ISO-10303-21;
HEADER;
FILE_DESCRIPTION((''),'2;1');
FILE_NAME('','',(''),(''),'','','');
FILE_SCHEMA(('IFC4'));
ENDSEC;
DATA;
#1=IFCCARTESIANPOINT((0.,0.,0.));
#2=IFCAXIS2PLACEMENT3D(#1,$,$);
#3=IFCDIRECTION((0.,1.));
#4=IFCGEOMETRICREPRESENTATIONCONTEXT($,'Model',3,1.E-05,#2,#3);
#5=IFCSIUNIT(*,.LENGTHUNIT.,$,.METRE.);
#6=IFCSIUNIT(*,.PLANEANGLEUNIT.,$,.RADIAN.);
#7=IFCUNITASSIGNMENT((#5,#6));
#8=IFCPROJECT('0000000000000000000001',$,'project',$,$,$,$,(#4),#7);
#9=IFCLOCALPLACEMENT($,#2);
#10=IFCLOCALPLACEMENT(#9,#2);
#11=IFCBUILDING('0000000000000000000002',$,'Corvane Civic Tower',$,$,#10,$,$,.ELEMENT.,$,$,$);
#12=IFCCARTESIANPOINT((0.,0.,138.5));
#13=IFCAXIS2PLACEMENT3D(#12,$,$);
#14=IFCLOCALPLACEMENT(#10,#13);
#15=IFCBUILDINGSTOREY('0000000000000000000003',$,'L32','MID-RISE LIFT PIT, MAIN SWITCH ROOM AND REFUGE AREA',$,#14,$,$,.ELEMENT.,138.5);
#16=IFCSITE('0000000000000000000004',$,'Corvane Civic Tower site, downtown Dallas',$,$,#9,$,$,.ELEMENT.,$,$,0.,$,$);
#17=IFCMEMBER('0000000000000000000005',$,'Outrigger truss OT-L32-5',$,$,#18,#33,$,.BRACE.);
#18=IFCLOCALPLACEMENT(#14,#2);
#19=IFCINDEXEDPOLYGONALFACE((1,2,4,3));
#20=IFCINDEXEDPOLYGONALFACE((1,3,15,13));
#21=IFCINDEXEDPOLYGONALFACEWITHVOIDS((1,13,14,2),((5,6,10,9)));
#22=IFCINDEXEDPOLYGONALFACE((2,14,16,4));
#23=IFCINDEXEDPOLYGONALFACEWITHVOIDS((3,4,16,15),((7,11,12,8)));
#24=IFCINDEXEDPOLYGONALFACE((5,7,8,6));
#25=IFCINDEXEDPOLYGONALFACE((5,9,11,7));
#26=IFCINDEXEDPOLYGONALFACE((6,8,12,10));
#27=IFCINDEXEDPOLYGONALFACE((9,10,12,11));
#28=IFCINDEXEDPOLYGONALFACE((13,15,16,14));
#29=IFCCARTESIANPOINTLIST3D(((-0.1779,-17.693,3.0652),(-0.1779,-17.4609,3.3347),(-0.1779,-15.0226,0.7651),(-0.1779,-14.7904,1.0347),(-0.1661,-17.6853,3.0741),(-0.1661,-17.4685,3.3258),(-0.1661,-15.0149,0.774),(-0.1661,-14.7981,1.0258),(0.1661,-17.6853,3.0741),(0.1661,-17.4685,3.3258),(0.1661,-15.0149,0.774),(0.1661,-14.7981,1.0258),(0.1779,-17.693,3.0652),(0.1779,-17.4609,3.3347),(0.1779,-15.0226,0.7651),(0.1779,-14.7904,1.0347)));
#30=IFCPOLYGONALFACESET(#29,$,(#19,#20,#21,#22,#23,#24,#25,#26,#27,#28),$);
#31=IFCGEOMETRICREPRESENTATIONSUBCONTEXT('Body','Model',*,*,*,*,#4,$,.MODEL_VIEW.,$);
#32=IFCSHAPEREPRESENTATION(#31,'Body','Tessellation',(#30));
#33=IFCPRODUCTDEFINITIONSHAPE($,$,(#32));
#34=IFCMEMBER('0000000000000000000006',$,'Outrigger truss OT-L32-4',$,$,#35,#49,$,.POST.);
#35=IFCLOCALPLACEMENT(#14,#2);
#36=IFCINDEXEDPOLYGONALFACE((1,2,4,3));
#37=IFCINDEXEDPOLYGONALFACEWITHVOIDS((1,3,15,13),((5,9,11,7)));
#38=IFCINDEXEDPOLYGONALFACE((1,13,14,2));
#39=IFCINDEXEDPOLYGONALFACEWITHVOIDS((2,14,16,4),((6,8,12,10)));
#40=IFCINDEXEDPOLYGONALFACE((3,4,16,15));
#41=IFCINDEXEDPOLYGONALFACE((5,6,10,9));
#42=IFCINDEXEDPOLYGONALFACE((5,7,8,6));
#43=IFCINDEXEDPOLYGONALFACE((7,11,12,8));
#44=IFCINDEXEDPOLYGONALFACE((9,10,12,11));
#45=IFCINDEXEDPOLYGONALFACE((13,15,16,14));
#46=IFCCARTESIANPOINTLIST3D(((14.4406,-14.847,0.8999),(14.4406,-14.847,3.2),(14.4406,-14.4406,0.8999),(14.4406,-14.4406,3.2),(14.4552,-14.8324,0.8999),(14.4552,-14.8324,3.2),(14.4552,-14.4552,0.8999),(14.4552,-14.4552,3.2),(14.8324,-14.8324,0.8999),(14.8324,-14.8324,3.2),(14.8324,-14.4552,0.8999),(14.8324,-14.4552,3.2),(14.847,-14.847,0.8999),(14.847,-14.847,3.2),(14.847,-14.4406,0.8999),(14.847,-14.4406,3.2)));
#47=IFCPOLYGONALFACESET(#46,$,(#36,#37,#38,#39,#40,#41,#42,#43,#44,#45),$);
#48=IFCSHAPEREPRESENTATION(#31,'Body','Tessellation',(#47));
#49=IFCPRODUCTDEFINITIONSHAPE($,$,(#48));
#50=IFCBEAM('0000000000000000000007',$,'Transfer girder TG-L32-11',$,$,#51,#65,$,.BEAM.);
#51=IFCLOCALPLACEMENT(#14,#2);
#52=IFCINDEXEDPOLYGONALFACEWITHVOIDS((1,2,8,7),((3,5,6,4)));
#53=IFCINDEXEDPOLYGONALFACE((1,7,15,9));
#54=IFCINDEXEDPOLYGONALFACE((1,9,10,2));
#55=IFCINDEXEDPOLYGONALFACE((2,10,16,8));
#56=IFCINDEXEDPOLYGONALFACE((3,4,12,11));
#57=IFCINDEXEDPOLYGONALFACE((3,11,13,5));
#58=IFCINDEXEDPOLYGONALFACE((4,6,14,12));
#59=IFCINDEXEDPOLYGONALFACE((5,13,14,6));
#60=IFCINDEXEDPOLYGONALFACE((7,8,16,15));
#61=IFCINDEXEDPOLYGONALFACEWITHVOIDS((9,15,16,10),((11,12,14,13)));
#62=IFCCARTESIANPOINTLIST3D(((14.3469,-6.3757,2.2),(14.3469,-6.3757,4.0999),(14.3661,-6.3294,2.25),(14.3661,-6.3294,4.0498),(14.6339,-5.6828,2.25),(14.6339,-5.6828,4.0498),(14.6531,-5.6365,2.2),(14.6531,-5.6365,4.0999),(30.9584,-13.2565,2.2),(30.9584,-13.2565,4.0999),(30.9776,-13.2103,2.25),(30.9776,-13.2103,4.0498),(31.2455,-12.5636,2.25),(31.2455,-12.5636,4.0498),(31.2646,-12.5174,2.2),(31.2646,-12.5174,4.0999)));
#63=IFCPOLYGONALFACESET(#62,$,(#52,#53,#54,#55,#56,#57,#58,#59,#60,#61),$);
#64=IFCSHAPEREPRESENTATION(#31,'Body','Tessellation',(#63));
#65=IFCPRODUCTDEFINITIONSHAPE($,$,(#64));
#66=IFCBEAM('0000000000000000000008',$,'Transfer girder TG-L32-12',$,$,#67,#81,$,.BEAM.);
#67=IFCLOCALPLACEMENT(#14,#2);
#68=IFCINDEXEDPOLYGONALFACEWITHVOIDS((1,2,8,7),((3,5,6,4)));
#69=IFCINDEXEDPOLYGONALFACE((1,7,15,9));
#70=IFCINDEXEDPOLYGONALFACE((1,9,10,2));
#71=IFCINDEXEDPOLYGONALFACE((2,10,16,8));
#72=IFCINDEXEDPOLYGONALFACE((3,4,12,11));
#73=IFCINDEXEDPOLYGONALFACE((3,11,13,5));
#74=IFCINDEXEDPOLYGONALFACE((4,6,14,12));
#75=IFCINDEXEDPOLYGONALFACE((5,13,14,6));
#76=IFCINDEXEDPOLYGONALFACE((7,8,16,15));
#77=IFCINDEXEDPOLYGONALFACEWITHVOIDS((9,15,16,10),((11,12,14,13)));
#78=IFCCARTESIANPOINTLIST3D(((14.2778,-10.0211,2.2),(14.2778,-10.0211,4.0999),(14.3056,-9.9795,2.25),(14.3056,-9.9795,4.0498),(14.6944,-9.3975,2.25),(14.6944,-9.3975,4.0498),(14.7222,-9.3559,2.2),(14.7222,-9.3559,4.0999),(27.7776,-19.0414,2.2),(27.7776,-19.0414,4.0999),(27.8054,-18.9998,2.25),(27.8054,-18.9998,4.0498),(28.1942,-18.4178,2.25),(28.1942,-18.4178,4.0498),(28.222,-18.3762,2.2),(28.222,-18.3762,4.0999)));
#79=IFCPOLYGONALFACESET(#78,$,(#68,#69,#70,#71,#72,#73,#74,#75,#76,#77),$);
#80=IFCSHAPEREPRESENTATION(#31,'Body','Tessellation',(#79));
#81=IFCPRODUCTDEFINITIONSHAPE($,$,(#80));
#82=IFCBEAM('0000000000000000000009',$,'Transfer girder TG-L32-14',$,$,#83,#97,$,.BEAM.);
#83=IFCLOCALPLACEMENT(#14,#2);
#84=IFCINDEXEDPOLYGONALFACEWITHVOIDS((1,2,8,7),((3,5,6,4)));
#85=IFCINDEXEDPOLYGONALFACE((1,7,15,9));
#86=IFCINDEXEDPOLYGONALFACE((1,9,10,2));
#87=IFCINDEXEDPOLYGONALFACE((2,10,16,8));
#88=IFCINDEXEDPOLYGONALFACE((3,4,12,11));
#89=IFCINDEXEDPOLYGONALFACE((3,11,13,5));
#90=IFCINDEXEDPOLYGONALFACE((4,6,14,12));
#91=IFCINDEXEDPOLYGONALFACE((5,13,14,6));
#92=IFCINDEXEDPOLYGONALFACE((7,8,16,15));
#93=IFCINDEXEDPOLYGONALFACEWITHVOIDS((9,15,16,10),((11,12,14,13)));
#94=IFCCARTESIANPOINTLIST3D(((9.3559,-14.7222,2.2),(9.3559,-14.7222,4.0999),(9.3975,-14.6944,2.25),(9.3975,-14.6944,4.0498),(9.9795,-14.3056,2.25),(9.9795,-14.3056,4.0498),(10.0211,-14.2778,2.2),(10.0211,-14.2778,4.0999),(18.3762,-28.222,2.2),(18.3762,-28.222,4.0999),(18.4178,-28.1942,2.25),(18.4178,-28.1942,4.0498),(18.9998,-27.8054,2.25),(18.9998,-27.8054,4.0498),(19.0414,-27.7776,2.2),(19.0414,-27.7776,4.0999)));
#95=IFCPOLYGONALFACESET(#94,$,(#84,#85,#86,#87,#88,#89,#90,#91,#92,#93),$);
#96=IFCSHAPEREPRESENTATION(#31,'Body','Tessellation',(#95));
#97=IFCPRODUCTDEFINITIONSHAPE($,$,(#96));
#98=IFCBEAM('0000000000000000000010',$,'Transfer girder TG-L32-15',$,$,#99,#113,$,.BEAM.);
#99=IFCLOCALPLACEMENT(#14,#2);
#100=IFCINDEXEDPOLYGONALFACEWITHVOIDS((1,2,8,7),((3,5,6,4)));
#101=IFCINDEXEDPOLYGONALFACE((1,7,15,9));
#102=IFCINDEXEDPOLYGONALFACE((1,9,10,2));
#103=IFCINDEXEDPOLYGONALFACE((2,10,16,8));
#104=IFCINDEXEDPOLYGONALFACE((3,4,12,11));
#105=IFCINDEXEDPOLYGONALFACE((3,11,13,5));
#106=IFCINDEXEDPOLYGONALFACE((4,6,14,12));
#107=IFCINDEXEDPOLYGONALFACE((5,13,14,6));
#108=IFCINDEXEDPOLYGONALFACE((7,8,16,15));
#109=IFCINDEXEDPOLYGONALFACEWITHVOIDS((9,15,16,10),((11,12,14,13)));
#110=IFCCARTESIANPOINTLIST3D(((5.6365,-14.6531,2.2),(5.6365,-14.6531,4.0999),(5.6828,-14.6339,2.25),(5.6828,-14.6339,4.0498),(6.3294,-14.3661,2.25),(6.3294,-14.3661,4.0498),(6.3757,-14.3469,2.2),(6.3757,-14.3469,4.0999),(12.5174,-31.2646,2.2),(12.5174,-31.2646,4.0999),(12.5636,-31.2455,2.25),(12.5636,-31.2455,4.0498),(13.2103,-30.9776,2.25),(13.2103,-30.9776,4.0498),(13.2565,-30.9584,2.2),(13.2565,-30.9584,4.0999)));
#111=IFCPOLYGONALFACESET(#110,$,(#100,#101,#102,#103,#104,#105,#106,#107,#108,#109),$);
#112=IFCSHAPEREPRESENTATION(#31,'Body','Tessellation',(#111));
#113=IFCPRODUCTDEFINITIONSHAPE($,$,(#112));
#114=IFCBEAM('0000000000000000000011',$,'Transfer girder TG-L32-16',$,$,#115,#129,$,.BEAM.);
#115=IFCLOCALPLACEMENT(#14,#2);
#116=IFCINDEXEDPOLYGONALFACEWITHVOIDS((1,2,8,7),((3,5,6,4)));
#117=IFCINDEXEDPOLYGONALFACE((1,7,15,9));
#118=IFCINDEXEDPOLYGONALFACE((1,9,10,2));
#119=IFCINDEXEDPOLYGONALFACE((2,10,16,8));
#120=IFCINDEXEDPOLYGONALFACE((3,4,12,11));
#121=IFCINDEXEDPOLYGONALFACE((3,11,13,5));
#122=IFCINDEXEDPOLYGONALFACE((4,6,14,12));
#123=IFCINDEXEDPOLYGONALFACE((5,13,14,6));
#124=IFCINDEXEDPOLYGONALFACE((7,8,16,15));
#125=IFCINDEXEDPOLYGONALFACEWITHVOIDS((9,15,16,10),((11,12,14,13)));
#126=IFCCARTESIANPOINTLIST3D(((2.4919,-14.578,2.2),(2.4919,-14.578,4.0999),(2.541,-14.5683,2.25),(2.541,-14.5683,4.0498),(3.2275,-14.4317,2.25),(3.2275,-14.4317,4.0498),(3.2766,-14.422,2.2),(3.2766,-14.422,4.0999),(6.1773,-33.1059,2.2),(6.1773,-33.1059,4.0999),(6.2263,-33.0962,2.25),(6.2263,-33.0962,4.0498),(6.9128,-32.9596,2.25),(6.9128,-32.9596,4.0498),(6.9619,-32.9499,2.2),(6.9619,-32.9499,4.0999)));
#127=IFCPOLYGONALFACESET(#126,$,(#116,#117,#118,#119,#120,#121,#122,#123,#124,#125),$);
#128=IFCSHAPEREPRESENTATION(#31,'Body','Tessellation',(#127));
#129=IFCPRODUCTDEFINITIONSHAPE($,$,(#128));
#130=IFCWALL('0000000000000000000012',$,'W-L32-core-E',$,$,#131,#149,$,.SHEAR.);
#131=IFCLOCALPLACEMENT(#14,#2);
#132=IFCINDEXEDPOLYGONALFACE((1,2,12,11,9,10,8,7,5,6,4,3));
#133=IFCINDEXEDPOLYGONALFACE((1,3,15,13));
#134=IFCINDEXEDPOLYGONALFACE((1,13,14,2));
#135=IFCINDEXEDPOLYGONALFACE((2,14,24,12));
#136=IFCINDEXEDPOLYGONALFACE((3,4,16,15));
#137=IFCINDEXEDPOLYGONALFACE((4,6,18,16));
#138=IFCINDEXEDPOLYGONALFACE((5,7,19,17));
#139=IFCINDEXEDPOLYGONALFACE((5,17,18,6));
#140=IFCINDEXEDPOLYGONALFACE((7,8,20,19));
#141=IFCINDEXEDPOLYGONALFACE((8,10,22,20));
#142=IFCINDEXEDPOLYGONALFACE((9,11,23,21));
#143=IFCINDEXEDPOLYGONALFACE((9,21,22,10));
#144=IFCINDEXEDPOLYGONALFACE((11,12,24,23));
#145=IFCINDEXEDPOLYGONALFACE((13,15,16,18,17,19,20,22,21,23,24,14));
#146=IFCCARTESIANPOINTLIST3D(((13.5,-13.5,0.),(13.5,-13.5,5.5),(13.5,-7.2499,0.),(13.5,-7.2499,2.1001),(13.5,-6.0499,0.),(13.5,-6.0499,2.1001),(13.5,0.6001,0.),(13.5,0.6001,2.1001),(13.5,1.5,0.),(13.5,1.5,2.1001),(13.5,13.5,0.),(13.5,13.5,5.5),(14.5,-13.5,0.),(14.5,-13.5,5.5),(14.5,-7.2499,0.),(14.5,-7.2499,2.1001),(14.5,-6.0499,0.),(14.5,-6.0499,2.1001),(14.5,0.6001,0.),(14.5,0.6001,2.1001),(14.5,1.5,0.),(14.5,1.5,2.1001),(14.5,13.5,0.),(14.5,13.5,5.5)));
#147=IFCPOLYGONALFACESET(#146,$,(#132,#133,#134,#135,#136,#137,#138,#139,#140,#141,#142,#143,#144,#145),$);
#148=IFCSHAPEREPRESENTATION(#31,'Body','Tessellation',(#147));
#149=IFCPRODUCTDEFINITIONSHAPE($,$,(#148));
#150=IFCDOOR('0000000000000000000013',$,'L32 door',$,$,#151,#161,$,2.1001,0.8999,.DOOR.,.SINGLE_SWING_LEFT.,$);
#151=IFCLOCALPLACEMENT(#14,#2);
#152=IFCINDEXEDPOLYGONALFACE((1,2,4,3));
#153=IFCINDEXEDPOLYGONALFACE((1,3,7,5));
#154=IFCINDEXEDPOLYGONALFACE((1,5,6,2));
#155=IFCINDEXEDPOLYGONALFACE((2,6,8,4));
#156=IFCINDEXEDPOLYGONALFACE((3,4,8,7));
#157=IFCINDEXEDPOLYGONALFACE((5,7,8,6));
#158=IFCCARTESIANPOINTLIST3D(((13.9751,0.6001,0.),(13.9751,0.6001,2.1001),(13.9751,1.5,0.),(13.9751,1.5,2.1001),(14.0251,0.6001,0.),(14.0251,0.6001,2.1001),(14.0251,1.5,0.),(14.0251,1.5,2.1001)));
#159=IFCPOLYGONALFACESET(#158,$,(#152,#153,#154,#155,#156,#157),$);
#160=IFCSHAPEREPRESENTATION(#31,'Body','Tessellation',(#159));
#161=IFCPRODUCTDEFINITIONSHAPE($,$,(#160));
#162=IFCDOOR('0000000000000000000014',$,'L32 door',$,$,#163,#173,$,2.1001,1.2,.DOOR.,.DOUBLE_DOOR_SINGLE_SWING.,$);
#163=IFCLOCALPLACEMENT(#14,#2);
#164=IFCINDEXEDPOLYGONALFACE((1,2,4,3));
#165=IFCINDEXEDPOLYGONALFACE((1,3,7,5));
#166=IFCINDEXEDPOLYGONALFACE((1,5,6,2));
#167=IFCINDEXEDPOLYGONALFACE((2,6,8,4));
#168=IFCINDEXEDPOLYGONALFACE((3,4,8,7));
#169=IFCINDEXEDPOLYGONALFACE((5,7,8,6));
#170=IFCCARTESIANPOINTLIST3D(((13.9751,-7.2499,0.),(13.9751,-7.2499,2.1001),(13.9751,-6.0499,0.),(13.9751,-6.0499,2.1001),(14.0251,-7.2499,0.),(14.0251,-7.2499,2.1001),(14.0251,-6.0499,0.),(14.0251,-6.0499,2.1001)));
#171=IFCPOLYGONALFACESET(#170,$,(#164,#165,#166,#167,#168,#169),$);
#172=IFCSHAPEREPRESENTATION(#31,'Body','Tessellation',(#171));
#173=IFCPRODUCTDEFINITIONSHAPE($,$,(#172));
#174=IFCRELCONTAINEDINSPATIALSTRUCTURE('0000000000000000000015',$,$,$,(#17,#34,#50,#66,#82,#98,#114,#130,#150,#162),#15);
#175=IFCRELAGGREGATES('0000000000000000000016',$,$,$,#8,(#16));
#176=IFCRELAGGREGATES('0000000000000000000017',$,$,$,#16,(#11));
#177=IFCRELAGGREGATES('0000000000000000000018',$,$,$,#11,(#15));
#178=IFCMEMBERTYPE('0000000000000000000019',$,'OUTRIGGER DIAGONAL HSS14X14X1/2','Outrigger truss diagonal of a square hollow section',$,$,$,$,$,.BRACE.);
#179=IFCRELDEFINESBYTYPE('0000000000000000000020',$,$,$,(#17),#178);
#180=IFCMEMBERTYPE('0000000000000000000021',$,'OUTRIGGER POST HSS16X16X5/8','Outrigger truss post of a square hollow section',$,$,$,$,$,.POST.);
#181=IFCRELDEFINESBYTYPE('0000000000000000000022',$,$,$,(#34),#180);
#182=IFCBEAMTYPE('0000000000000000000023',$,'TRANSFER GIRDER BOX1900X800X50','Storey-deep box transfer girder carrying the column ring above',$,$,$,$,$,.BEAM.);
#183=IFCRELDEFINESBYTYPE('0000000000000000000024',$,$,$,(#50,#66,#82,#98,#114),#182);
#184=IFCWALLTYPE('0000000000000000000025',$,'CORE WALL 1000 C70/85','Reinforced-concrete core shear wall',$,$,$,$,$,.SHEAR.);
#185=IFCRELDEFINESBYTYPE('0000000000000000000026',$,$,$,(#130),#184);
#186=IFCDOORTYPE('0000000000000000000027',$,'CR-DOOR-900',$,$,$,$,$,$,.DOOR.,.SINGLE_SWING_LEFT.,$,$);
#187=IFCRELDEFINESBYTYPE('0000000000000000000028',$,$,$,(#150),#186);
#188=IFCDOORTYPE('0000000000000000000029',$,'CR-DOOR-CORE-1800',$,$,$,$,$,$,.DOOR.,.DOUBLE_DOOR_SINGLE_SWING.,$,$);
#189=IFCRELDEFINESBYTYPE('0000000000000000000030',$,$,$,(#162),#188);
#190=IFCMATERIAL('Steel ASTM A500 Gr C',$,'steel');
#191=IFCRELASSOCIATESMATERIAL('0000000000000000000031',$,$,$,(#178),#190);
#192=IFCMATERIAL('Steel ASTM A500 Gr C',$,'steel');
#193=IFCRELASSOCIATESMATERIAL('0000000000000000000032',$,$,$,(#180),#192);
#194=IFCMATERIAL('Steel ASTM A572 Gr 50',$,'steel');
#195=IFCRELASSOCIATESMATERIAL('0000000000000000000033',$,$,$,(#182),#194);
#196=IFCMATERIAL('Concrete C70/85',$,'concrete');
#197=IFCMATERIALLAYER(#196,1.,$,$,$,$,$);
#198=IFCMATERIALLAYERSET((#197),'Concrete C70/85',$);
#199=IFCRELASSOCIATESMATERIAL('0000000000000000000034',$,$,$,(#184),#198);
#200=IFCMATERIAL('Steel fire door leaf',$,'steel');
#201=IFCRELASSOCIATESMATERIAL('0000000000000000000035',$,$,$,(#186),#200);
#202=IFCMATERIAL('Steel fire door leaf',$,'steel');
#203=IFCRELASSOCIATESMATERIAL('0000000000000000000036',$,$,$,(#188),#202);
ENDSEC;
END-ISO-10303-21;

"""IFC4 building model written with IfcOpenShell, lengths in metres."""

from ifc_helpers import new_model, si_unit, direction, frame, frame_2d, origin, origin_2d, place, context, subcontext, project, spatial, rectangle, hollow_rectangle, extrude, material, layer, layer_set, material_profile, profile_set, type_object, element, fill, save


model = new_model("IFC4")

# Units and contexts
model_context = context("Model", 3, precision=1e-05, world=origin(), true_north=direction((0.0, 1.0)))
body_context = subcontext(model_context, "Body", "Model", "MODEL_VIEW")
ifc_project = project(units=[si_unit("LENGTHUNIT", "METRE"), si_unit("PLANEANGLEUNIT", "RADIAN")], contexts=[model_context])

# Site, building, storey
site_placement = place(None, origin())
site = spatial("IfcSite", under=ifc_project, at=site_placement, Name="Corvane Civic Tower site, downtown Dallas", CompositionType="ELEMENT", RefElevation=0.0)
building_placement = place(site_placement, origin())
building = spatial("IfcBuilding", under=site, at=building_placement, Name="Corvane Civic Tower", CompositionType="ELEMENT")
storey_placement = place(building_placement, frame((0.0, 0.0, 138.5)))
storey = spatial("IfcBuildingStorey", under=building, at=storey_placement, Name="L32", Description="MID-RISE LIFT PIT, MAIN SWITCH ROOM AND REFUGE AREA", CompositionType="ELEMENT", Elevation=138.5)

# Members
ifc_material_1 = material(Name="Steel ASTM A500 Gr C", Category="steel")
ifc_material_profile_1 = material_profile(ifc_material_1, hollow_rectangle(XDim=0.3557, YDim=0.3557, WallThickness=0.0117, at=origin_2d()), Name="HSS14X14X1/2")
ifc_profile_set_1 = profile_set([ifc_material_profile_1], Name="Steel ASTM A500 Gr C")
member_type_1 = type_object("IfcMemberType", Name="OUTRIGGER DIAGONAL HSS14X14X1/2", Description="Outrigger truss diagonal of a square hollow section", PredefinedType="BRACE", material=ifc_profile_set_1)
member_1_placement = place(storey_placement, frame((0.0, -14.9065, 0.8999), z_axis=(0.0, -0.757695, 0.652609), x_axis=(1.0, 0.0, 0.0)))
element("IfcMember", 1, at=member_1_placement, inside=storey, type_object=member_type_1, Name="Outrigger truss OT-L32-5", PredefinedType="BRACE", context=body_context, shape_type="SweptSolid", body=[
    extrude(hollow_rectangle(XDim=0.3557, YDim=0.3557, WallThickness=0.0117, at=origin_2d()), origin(), (0.0, 0.0, 1.0), 3.5244),
])
ifc_material_2 = material(Name="Steel ASTM A500 Gr C", Category="steel")
ifc_material_profile_2 = material_profile(ifc_material_2, hollow_rectangle(XDim=0.4065, YDim=0.4065, WallThickness=0.0146, at=origin_2d()), Name="HSS16X16X5/8")
ifc_profile_set_2 = profile_set([ifc_material_profile_2], Name="Steel ASTM A500 Gr C")
member_type_2 = type_object("IfcMemberType", Name="OUTRIGGER POST HSS16X16X5/8", Description="Outrigger truss post of a square hollow section", PredefinedType="POST", material=ifc_profile_set_2)
member_2_placement = place(storey_placement, frame((14.6438, -14.6438, 0.8999), z_axis=(0.0, 0.0, 1.0), x_axis=(1.0, 0.0, 0.0)))
element("IfcMember", 2, at=member_2_placement, inside=storey, type_object=member_type_2, Name="Outrigger truss OT-L32-4", PredefinedType="POST", context=body_context, shape_type="SweptSolid", body=[
    extrude(hollow_rectangle(XDim=0.4065, YDim=0.4065, WallThickness=0.0146, at=origin_2d()), origin(), (0.0, 0.0, 1.0), 2.3),
])

# Beams
ifc_material_3 = material(Name="Steel ASTM A572 Gr 50", Category="steel")
ifc_material_profile_3 = material_profile(ifc_material_3, hollow_rectangle(XDim=0.8, YDim=1.8999, WallThickness=0.05, at=origin_2d()), Name="BOX1900X800X50")
ifc_profile_set_3 = profile_set([ifc_material_profile_3], Name="Steel ASTM A572 Gr 50")
beam_type_1 = type_object("IfcBeamType", Name="TRANSFER GIRDER BOX1900X800X50", Description="Storey-deep box transfer girder carrying the column ring above", PredefinedType="BEAM", material=ifc_profile_set_3)
beam_1_placement = place(storey_placement, frame((14.5, -6.0061, 3.1499), z_axis=(0.923877, -0.382689, 0.0), x_axis=(0.382689, 0.923877, 0.0)))
element("IfcBeam", 3, at=beam_1_placement, inside=storey, type_object=beam_type_1, Name="Transfer girder TG-L32-11", PredefinedType="BEAM", context=body_context, shape_type="SweptSolid", body=[
    extrude(hollow_rectangle(XDim=0.8, YDim=1.8999, WallThickness=0.05, at=origin_2d()), origin(), (0.0, 0.0, 1.0), 17.9802),
])
for number, where, z_axis, x_axis, name in (
    (4, (14.5, -9.6885, 3.1499), (0.831469, -0.555571, 0.0), (0.555571, 0.831469, 0.0), "Transfer girder TG-L32-12"),
    (5, (9.6885, -14.5, 3.1499), (0.555571, -0.831469, 0.0), (0.831469, 0.555571, 0.0), "Transfer girder TG-L32-14"),
):
    element("IfcBeam", number, at=place(storey_placement, frame(where, z_axis=z_axis, x_axis=x_axis)), inside=storey, type_object=beam_type_1, Name=name, PredefinedType="BEAM", context=body_context, shape_type="SweptSolid", body=[
        extrude(hollow_rectangle(XDim=0.8, YDim=1.8999, WallThickness=0.05, at=origin_2d()), origin(), (0.0, 0.0, 1.0), 16.2361),
    ])
beam_2_placement = place(storey_placement, frame((6.0061, -14.5, 3.1499), z_axis=(0.382689, -0.923877, 0.0), x_axis=(0.923877, 0.382689, 0.0)))
element("IfcBeam", 6, at=beam_2_placement, inside=storey, type_object=beam_type_1, Name="Transfer girder TG-L32-15", PredefinedType="BEAM", context=body_context, shape_type="SweptSolid", body=[
    extrude(hollow_rectangle(XDim=0.8, YDim=1.8999, WallThickness=0.05, at=origin_2d()), origin(), (0.0, 0.0, 1.0), 17.9802),
])
beam_3_placement = place(storey_placement, frame((2.8843, -14.5, 3.1499), z_axis=(0.195085, -0.980786, 0.0), x_axis=(0.980786, 0.195085, 0.0)))
element("IfcBeam", 7, at=beam_3_placement, inside=storey, type_object=beam_type_1, Name="Transfer girder TG-L32-16", PredefinedType="BEAM", context=body_context, shape_type="SweptSolid", body=[
    extrude(hollow_rectangle(XDim=0.8, YDim=1.8999, WallThickness=0.05, at=origin_2d()), origin(), (0.0, 0.0, 1.0), 18.8909),
])

# Wall, openings, doors
ifc_material_4 = material(Name="Concrete C70/85", Category="concrete")
ifc_layer_1 = layer(ifc_material_4, 1.0)
ifc_layer_set_1 = layer_set([ifc_layer_1], Name="Concrete C70/85")
wall_type_1 = type_object("IfcWallType", Name="CORE WALL 1000 C70/85", Description="Reinforced-concrete core shear wall", PredefinedType="SHEAR", material=ifc_layer_set_1)
wall_1_placement = place(storey_placement, frame((14.0, -13.5, 0.0), z_axis=(0.0, 0.0, 1.0), x_axis=(0.0, 1.0, 0.0)))
wall_1 = element("IfcWall", 8, at=wall_1_placement, inside=storey, type_object=wall_type_1, Name="W-L32-core-E", PredefinedType="SHEAR", context=body_context, shape_type="SweptSolid", body=[
    extrude(rectangle(XDim=27.0, YDim=1.0, at=frame_2d((13.5, 0.0))), origin(), (0.0, 0.0, 1.0), 5.5),
])
opening_1_placement = place(wall_1_placement, frame((14.1001, 0.0, 0.0)))
opening_1 = element("IfcOpeningElement", 9, at=opening_1_placement, cuts=wall_1, PredefinedType="OPENING", context=body_context, shape_type="SweptSolid", body=[
    extrude(rectangle(XDim=0.8999, YDim=2.1001, at=frame_2d((0.45, 1.05))), frame((0.0, 0.51, 0.0), z_axis=(0.0, -1.0, 0.0), x_axis=(1.0, 0.0, 0.0)), (0.0, 0.0, 1.0), 1.02),
])
opening_2_placement = place(wall_1_placement, frame((6.25, 0.0, 0.0)))
opening_2 = element("IfcOpeningElement", 10, at=opening_2_placement, cuts=wall_1, PredefinedType="OPENING", context=body_context, shape_type="SweptSolid", body=[
    extrude(rectangle(XDim=1.2, YDim=2.1001, at=frame_2d((0.6001, 1.05))), frame((0.0, 0.51, 0.0), z_axis=(0.0, -1.0, 0.0), x_axis=(1.0, 0.0, 0.0)), (0.0, 0.0, 1.0), 1.02),
])
ifc_material_5 = material(Name="Steel fire door leaf", Category="steel")
door_type_1 = type_object("IfcDoorType", Name="CR-DOOR-900", OperationType="SINGLE_SWING_LEFT", PredefinedType="DOOR", material=ifc_material_5)
door_1_placement = place(opening_1_placement, origin())
door_1 = element("IfcDoor", 11, at=door_1_placement, inside=storey, type_object=door_type_1, Name="L32 door", OperationType="SINGLE_SWING_LEFT", OverallHeight=2.1001, OverallWidth=0.8999, PredefinedType="DOOR", context=body_context, shape_type="SweptSolid", body=[
    extrude(rectangle(XDim=0.8999, YDim=2.1001, at=frame_2d((0.45, 1.05))), frame((0.0, 0.0249, 0.0), z_axis=(0.0, -1.0, 0.0), x_axis=(1.0, 0.0, 0.0)), (0.0, 0.0, 1.0), 0.05),
])
fill(opening_1, door_1)
ifc_material_6 = material(Name="Steel fire door leaf", Category="steel")
door_type_2 = type_object("IfcDoorType", Name="CR-DOOR-CORE-1800", OperationType="DOUBLE_DOOR_SINGLE_SWING", PredefinedType="DOOR", material=ifc_material_6)
door_2_placement = place(opening_2_placement, origin())
door_2 = element("IfcDoor", 12, at=door_2_placement, inside=storey, type_object=door_type_2, Name="L32 door", OperationType="DOUBLE_DOOR_SINGLE_SWING", OverallHeight=2.1001, OverallWidth=1.2, PredefinedType="DOOR", context=body_context, shape_type="SweptSolid", body=[
    extrude(rectangle(XDim=1.2, YDim=2.1001, at=frame_2d((0.6001, 1.05))), frame((0.0, 0.0249, 0.0), z_axis=(0.0, -1.0, 0.0), x_axis=(1.0, 0.0, 0.0)), (0.0, 0.0, 1.0), 0.05),
])
fill(opening_2, door_2)

save(model, "model.ifc")
